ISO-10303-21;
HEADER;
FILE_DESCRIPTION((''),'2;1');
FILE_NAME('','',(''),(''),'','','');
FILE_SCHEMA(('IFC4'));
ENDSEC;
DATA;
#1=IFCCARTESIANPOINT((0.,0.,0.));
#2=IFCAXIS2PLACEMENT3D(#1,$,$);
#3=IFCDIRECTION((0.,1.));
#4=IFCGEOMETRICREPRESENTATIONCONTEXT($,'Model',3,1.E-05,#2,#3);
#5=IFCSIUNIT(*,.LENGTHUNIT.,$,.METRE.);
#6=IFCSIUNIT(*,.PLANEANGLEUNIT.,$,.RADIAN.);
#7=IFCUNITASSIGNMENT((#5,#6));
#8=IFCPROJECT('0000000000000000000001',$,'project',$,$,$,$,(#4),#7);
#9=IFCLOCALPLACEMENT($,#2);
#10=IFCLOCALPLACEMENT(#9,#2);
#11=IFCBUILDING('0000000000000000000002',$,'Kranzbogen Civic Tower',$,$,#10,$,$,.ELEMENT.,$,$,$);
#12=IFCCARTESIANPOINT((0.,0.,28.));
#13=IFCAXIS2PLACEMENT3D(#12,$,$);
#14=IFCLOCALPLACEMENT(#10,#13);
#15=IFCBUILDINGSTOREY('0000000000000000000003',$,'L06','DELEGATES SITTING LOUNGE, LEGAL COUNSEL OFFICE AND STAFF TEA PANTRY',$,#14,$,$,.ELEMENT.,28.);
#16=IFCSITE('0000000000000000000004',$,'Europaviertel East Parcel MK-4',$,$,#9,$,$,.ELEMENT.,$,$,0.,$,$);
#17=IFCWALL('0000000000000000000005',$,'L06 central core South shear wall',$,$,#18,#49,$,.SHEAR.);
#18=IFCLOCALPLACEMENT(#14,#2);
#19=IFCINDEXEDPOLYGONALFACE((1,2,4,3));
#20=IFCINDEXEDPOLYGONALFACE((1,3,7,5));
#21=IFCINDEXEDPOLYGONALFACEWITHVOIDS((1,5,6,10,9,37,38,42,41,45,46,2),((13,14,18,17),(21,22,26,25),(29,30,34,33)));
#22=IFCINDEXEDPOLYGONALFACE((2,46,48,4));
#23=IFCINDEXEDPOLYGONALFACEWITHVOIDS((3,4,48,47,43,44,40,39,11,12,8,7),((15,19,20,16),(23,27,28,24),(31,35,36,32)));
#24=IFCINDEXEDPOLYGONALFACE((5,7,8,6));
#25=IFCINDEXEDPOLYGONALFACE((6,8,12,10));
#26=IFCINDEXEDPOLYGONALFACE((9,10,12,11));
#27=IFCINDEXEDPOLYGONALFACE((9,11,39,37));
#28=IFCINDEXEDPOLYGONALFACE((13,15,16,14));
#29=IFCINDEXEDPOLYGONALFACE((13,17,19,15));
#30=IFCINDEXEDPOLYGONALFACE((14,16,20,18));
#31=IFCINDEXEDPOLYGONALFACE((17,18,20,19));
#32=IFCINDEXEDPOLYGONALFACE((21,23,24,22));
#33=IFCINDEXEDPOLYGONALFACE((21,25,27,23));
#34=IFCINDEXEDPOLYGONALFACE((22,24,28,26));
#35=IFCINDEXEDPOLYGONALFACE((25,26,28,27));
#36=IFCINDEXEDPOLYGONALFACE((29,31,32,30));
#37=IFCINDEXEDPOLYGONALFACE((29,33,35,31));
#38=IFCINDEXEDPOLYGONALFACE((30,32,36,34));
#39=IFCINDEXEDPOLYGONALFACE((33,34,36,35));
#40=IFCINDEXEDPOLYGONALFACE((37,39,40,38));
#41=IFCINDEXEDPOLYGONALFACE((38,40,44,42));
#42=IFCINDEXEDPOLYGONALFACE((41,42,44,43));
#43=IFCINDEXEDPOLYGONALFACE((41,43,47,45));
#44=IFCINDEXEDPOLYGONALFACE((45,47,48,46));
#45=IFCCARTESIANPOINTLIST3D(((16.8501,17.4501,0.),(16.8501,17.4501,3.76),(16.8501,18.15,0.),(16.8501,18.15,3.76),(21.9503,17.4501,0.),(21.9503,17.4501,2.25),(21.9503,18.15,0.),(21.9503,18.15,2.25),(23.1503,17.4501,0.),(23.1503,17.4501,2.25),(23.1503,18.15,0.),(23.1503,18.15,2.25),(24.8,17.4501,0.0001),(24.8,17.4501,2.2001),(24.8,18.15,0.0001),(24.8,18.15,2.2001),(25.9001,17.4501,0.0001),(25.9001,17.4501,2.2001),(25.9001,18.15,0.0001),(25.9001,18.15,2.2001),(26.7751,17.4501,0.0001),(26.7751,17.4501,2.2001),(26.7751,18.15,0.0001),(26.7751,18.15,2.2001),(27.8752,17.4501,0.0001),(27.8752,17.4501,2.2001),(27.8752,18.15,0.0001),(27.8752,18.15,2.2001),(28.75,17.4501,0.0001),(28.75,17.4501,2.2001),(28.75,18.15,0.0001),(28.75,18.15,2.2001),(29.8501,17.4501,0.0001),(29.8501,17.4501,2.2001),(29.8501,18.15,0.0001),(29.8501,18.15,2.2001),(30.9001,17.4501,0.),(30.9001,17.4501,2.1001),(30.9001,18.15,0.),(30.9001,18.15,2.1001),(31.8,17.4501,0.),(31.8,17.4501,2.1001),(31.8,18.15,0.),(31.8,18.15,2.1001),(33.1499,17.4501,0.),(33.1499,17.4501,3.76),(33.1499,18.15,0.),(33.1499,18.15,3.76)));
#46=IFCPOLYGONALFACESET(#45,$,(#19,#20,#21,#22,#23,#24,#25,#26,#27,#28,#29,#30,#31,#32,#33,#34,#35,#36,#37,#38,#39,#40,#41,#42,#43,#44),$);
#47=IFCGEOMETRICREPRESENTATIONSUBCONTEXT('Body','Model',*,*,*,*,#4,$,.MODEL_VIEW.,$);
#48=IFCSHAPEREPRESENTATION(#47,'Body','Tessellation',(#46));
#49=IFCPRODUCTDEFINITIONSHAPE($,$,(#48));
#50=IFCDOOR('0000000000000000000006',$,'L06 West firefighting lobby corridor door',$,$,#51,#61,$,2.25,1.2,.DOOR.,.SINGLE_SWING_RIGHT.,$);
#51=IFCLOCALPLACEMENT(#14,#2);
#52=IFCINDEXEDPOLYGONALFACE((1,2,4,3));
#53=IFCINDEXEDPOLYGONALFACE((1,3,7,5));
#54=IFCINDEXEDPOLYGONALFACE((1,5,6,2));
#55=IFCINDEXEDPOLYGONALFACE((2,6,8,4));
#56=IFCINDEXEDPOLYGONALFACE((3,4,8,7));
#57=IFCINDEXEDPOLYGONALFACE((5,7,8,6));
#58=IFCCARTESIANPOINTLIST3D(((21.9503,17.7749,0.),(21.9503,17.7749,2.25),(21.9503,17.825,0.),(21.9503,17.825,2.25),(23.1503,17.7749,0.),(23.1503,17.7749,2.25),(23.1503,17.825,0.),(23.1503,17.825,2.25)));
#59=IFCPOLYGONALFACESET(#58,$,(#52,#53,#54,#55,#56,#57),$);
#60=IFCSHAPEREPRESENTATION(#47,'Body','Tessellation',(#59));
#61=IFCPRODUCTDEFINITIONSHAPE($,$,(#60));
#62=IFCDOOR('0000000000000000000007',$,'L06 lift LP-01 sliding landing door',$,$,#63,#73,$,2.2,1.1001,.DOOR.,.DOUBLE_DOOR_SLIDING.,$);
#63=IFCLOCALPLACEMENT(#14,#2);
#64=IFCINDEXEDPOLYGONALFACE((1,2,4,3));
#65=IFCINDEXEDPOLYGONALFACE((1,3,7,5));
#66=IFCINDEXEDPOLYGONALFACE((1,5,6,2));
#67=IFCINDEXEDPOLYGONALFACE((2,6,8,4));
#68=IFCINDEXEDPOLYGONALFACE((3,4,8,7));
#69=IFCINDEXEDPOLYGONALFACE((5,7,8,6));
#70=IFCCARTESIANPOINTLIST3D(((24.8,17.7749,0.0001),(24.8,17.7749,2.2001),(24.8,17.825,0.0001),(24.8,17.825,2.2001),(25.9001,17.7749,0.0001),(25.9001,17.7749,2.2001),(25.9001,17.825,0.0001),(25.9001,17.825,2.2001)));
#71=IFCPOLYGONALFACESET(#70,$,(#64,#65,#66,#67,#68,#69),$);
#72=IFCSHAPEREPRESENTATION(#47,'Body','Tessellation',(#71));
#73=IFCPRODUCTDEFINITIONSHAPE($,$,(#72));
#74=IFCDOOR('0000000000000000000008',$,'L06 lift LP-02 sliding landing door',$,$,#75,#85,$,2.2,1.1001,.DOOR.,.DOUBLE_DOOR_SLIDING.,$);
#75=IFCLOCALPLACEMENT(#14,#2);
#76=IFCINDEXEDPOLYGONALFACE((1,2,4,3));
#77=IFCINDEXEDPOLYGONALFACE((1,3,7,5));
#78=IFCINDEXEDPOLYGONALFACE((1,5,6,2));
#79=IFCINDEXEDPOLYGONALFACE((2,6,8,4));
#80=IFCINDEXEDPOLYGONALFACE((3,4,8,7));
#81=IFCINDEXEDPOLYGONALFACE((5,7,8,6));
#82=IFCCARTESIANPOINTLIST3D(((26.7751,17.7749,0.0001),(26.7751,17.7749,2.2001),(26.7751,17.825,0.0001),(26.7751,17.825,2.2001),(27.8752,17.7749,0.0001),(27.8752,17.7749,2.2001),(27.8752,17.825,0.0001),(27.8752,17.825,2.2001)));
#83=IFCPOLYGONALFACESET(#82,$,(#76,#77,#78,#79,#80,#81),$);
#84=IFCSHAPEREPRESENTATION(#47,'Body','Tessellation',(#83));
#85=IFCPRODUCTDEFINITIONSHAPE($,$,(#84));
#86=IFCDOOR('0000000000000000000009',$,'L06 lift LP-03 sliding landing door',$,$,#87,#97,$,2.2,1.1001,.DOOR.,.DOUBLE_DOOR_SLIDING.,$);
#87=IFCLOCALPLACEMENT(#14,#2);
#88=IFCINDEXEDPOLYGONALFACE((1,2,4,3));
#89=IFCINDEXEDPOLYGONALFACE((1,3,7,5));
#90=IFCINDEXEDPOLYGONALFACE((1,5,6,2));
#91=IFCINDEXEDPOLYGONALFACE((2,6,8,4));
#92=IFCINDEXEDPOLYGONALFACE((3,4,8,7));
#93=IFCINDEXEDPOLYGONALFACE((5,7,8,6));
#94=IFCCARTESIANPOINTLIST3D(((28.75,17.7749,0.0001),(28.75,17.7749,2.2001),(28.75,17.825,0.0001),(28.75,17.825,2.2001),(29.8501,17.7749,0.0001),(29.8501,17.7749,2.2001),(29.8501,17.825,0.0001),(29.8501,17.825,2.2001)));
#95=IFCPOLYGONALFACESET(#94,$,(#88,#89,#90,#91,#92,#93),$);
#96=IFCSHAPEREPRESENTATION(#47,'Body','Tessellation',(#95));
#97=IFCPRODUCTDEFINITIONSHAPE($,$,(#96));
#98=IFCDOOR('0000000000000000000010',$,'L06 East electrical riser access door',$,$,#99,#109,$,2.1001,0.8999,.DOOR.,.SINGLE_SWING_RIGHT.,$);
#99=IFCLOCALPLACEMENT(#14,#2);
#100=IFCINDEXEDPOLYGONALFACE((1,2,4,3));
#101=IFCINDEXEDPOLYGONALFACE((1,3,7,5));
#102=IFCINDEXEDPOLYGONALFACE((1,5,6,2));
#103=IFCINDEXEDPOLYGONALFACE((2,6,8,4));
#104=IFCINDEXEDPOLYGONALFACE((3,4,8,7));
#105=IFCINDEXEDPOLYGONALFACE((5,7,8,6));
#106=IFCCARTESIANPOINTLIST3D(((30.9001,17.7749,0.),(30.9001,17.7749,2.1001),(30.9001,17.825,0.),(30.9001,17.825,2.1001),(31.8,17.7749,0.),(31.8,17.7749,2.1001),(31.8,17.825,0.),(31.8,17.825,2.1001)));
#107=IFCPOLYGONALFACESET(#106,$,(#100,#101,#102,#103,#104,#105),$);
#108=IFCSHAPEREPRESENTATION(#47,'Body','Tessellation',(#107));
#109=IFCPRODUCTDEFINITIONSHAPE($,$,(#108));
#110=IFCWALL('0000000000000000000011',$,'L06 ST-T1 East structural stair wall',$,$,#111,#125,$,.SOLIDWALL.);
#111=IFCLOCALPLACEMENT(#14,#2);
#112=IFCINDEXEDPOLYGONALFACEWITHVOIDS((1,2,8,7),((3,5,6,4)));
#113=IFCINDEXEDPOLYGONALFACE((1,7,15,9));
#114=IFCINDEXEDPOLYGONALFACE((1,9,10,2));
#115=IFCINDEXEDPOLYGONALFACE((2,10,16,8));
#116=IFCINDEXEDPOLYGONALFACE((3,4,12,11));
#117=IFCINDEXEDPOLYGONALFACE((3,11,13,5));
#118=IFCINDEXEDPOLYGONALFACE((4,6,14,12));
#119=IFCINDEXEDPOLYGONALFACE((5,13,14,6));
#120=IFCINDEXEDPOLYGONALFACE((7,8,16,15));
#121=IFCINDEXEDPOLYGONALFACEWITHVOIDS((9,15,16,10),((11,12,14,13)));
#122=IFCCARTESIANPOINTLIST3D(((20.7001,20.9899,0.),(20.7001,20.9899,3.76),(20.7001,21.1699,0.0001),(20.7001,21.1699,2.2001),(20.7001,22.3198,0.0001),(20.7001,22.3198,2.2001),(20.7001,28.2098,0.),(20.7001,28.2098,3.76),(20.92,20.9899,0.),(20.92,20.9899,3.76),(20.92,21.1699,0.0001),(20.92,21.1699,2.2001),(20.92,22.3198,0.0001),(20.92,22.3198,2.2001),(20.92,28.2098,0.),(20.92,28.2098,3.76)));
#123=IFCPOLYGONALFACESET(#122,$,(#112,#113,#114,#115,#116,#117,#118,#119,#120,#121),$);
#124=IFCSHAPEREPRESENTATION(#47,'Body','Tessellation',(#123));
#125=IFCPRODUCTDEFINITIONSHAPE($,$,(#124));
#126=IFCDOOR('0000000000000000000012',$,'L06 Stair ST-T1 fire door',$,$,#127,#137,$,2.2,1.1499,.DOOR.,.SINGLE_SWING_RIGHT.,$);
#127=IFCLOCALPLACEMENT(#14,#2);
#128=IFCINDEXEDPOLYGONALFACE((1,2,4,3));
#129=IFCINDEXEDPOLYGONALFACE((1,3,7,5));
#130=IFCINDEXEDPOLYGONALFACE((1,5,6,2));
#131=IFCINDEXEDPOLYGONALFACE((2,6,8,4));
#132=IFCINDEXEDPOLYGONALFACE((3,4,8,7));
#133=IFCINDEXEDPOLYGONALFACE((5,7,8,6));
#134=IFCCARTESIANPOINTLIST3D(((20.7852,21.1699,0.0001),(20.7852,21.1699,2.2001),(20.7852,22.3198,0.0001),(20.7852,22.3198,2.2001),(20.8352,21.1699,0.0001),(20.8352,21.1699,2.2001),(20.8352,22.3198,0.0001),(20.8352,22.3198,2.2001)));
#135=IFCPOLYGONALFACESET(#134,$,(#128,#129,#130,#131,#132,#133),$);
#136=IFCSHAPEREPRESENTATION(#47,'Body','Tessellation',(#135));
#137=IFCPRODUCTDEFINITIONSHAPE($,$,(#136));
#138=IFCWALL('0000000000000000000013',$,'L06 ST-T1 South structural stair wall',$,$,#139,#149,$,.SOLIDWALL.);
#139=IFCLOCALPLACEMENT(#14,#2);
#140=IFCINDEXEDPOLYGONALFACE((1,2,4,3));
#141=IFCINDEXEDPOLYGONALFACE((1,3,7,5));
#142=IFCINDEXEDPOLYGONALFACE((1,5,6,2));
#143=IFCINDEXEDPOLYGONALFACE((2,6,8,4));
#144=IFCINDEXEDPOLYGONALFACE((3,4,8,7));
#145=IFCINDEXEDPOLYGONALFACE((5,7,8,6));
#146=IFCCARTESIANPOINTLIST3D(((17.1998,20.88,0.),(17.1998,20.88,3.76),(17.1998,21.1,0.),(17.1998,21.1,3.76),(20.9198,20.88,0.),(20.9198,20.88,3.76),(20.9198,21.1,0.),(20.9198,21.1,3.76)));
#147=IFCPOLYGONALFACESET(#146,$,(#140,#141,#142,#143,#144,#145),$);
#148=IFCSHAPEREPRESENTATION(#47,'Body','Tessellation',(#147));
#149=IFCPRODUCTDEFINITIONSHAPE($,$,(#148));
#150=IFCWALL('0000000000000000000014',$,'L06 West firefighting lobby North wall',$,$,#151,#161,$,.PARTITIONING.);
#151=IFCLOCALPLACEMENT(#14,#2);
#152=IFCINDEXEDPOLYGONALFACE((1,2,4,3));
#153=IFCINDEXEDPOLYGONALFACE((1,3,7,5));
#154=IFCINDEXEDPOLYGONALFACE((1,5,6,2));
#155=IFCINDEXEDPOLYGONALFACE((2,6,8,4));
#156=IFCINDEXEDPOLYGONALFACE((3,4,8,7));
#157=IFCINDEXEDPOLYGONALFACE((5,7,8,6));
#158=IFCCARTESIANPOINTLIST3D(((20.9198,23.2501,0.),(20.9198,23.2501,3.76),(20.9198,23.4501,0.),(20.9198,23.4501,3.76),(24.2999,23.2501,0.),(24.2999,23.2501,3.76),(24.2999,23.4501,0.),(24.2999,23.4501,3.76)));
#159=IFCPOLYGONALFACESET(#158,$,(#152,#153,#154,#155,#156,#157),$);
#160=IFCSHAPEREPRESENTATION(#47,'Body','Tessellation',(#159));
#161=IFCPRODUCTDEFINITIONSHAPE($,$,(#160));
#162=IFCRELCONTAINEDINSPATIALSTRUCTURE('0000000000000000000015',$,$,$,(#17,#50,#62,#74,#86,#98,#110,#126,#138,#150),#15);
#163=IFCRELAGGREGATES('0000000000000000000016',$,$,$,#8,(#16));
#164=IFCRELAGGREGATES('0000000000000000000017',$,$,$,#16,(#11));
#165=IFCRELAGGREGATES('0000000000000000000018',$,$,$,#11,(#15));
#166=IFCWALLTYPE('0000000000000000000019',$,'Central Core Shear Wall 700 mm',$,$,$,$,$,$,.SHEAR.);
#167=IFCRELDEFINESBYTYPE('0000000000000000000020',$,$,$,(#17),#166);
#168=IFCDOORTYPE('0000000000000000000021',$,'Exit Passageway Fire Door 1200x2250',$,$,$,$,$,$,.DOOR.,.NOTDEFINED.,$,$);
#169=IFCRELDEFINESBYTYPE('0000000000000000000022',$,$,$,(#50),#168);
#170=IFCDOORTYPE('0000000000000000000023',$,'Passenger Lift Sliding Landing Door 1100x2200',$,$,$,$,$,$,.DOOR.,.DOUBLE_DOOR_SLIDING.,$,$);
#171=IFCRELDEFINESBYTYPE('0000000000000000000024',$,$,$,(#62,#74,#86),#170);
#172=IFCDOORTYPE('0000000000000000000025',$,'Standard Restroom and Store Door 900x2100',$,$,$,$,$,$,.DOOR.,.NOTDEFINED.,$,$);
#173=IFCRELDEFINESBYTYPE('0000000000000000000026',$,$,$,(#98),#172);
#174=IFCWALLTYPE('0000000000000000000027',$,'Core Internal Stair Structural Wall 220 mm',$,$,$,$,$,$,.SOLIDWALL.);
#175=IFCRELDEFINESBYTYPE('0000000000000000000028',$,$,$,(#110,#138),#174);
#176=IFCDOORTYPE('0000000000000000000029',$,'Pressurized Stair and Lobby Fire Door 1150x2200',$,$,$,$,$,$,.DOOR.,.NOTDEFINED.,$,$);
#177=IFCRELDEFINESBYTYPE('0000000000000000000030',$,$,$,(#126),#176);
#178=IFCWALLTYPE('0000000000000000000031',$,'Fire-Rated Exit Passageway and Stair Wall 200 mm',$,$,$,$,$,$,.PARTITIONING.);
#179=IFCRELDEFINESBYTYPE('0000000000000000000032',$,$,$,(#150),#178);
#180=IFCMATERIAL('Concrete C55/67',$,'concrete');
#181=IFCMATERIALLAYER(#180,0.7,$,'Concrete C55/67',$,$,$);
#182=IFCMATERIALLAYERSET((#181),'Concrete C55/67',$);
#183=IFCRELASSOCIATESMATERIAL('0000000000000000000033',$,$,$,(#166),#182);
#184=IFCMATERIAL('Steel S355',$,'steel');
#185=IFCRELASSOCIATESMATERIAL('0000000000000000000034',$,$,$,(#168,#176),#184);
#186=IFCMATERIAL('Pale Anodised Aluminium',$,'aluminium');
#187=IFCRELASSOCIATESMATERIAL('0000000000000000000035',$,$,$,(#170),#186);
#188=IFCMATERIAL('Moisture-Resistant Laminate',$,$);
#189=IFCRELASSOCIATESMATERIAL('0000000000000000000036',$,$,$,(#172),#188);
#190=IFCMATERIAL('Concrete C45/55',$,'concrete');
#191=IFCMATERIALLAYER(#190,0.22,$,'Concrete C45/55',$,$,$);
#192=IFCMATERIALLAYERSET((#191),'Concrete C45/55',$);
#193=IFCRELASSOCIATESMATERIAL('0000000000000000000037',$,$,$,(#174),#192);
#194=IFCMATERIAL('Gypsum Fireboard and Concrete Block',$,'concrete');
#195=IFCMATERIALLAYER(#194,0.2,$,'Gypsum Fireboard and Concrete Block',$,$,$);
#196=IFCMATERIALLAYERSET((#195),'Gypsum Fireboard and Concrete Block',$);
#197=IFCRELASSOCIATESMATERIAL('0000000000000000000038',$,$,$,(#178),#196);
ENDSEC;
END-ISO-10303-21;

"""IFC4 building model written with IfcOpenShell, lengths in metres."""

from ifc_helpers import new_model, si_unit, direction, frame, frame_2d, origin, place, context, subcontext, project, spatial, rectangle, extrude, material, layer, layer_set, type_object, element, fill, save


model = new_model("IFC4")

# Units and contexts
model_context = context("Model", 3, precision=1e-05, world=origin(), true_north=direction((0.0, 1.0)))
body_context = subcontext(model_context, "Body", "Model", "MODEL_VIEW")
ifc_project = project(units=[si_unit("LENGTHUNIT", "METRE"), si_unit("PLANEANGLEUNIT", "RADIAN")], contexts=[model_context])

# Site, building, storey
site_placement = place(None, origin())
site = spatial("IfcSite", under=ifc_project, at=site_placement, Name="Europaviertel East Parcel MK-4", CompositionType="ELEMENT", RefElevation=0.0)
building_placement = place(site_placement, origin())
building = spatial("IfcBuilding", under=site, at=building_placement, Name="Kranzbogen Civic Tower", CompositionType="ELEMENT")
storey_placement = place(building_placement, frame((0.0, 0.0, 28.0)))
storey = spatial("IfcBuildingStorey", under=building, at=storey_placement, Name="L06", Description="DELEGATES SITTING LOUNGE, LEGAL COUNSEL OFFICE AND STAFF TEA PANTRY", CompositionType="ELEMENT", Elevation=28.0)

# Shared definitions
ifc_material_1 = material(Name="Steel S355", Category="steel")

# Wall, openings, doors
ifc_material_2 = material(Name="Concrete C55/67", Category="concrete")
ifc_layer_1 = layer(ifc_material_2, 0.7, Name="Concrete C55/67")
ifc_layer_set_1 = layer_set([ifc_layer_1], Name="Concrete C55/67")
wall_type_1 = type_object("IfcWallType", Name="Central Core Shear Wall 700 mm", PredefinedType="SHEAR", material=ifc_layer_set_1)
wall_1_placement = place(storey_placement, frame((16.8501, 17.8, 0.0), z_axis=(0.0, 0.0, 1.0), x_axis=(1.0, 0.0, 0.0)))
wall_1 = element("IfcWall", 1, at=wall_1_placement, inside=storey, type_object=wall_type_1, Name="L06 central core South shear wall", PredefinedType="SHEAR", context=body_context, shape_type="SweptSolid", body=[
    extrude(rectangle(XDim=16.2998, YDim=0.7, at=frame_2d((8.1499, 0.0))), origin(), (0.0, 0.0, 1.0), 3.76),
])
opening_1_placement = place(wall_1_placement, frame((5.1001, 0.0, 0.0)))
opening_1 = element("IfcOpeningElement", 2, at=opening_1_placement, cuts=wall_1, PredefinedType="OPENING", context=body_context, shape_type="SweptSolid", body=[
    extrude(rectangle(XDim=1.2, YDim=2.25, at=frame_2d((0.6001, 1.125))), frame((0.0, 0.3599, 0.0), z_axis=(0.0, -1.0, 0.0), x_axis=(1.0, 0.0, 0.0)), (0.0, 0.0, 1.0), 0.72),
])
opening_2_placement = place(wall_1_placement, frame((14.05, 0.0, 0.0)))
opening_2 = element("IfcOpeningElement", 3, at=opening_2_placement, cuts=wall_1, PredefinedType="OPENING", context=body_context, shape_type="SweptSolid", body=[
    extrude(rectangle(XDim=0.8999, YDim=2.1001, at=frame_2d((0.45, 1.05))), frame((0.0, 0.3599, 0.0), z_axis=(0.0, -1.0, 0.0), x_axis=(1.0, 0.0, 0.0)), (0.0, 0.0, 1.0), 0.72),
])
opening_3_placement = place(wall_1_placement, frame((7.95, 0.0, 0.0)))
opening_3 = element("IfcOpeningElement", 4, at=opening_3_placement, cuts=wall_1, PredefinedType="OPENING", context=body_context, shape_type="SweptSolid", body=[
    extrude(rectangle(XDim=1.1001, YDim=2.2, at=frame_2d((0.55, 1.1001))), frame((0.0, 0.3599, 0.0), z_axis=(0.0, -1.0, 0.0), x_axis=(1.0, 0.0, 0.0)), (0.0, 0.0, 1.0), 0.72),
])
opening_4_placement = place(wall_1_placement, frame((9.925, 0.0, 0.0)))
opening_4 = element("IfcOpeningElement", 5, at=opening_4_placement, cuts=wall_1, PredefinedType="OPENING", context=body_context, shape_type="SweptSolid", body=[
    extrude(rectangle(XDim=1.1001, YDim=2.2, at=frame_2d((0.55, 1.1001))), frame((0.0, 0.3599, 0.0), z_axis=(0.0, -1.0, 0.0), x_axis=(1.0, 0.0, 0.0)), (0.0, 0.0, 1.0), 0.72),
])
opening_5_placement = place(wall_1_placement, frame((11.8999, 0.0, 0.0)))
opening_5 = element("IfcOpeningElement", 6, at=opening_5_placement, cuts=wall_1, PredefinedType="OPENING", context=body_context, shape_type="SweptSolid", body=[
    extrude(rectangle(XDim=1.1001, YDim=2.2, at=frame_2d((0.55, 1.1001))), frame((0.0, 0.3599, 0.0), z_axis=(0.0, -1.0, 0.0), x_axis=(1.0, 0.0, 0.0)), (0.0, 0.0, 1.0), 0.72),
])
door_type_1 = type_object("IfcDoorType", Name="Exit Passageway Fire Door 1200x2250", OperationType="NOTDEFINED", PredefinedType="DOOR", material=ifc_material_1)
door_1_placement = place(opening_1_placement, origin())
door_1 = element("IfcDoor", 7, at=door_1_placement, inside=storey, type_object=door_type_1, Name="L06 West firefighting lobby corridor door", OperationType="SINGLE_SWING_RIGHT", OverallHeight=2.25, OverallWidth=1.2, PredefinedType="DOOR", context=body_context, shape_type="SweptSolid", body=[
    extrude(rectangle(XDim=1.2, YDim=2.25, at=frame_2d((0.6001, 1.125))), frame((0.0, 0.0249, 0.0), z_axis=(0.0, -1.0, 0.0), x_axis=(1.0, 0.0, 0.0)), (0.0, 0.0, 1.0), 0.05),
])
fill(opening_1, door_1)
ifc_material_3 = material(Name="Pale Anodised Aluminium", Category="aluminium")
door_type_2 = type_object("IfcDoorType", Name="Passenger Lift Sliding Landing Door 1100x2200", OperationType="DOUBLE_DOOR_SLIDING", PredefinedType="DOOR", material=ifc_material_3)
door_2_placement = place(opening_3_placement, origin())
door_2 = element("IfcDoor", 8, at=door_2_placement, inside=storey, type_object=door_type_2, Name="L06 lift LP-01 sliding landing door", OperationType="DOUBLE_DOOR_SLIDING", OverallHeight=2.2, OverallWidth=1.1001, PredefinedType="DOOR", context=body_context, shape_type="SweptSolid", body=[
    extrude(rectangle(XDim=1.1001, YDim=2.2, at=frame_2d((0.55, 1.1001))), frame((0.0, 0.0249, 0.0), z_axis=(0.0, -1.0, 0.0), x_axis=(1.0, 0.0, 0.0)), (0.0, 0.0, 1.0), 0.05),
])
fill(opening_3, door_2)
door_3_placement = place(opening_4_placement, origin())
door_3 = element("IfcDoor", 9, at=door_3_placement, inside=storey, type_object=door_type_2, Name="L06 lift LP-02 sliding landing door", OperationType="DOUBLE_DOOR_SLIDING", OverallHeight=2.2, OverallWidth=1.1001, PredefinedType="DOOR", context=body_context, shape_type="SweptSolid", body=[
    extrude(rectangle(XDim=1.1001, YDim=2.2, at=frame_2d((0.55, 1.1001))), frame((0.0, 0.0249, 0.0), z_axis=(0.0, -1.0, 0.0), x_axis=(1.0, 0.0, 0.0)), (0.0, 0.0, 1.0), 0.05),
])
fill(opening_4, door_3)
door_4_placement = place(opening_5_placement, origin())
door_4 = element("IfcDoor", 10, at=door_4_placement, inside=storey, type_object=door_type_2, Name="L06 lift LP-03 sliding landing door", OperationType="DOUBLE_DOOR_SLIDING", OverallHeight=2.2, OverallWidth=1.1001, PredefinedType="DOOR", context=body_context, shape_type="SweptSolid", body=[
    extrude(rectangle(XDim=1.1001, YDim=2.2, at=frame_2d((0.55, 1.1001))), frame((0.0, 0.0249, 0.0), z_axis=(0.0, -1.0, 0.0), x_axis=(1.0, 0.0, 0.0)), (0.0, 0.0, 1.0), 0.05),
])
fill(opening_5, door_4)
ifc_material_4 = material(Name="Moisture-Resistant Laminate")
door_type_3 = type_object("IfcDoorType", Name="Standard Restroom and Store Door 900x2100", OperationType="NOTDEFINED", PredefinedType="DOOR", material=ifc_material_4)
door_5_placement = place(opening_2_placement, origin())
door_5 = element("IfcDoor", 11, at=door_5_placement, inside=storey, type_object=door_type_3, Name="L06 East electrical riser access door", OperationType="SINGLE_SWING_RIGHT", OverallHeight=2.1001, OverallWidth=0.8999, PredefinedType="DOOR", context=body_context, shape_type="SweptSolid", body=[
    extrude(rectangle(XDim=0.8999, YDim=2.1001, at=frame_2d((0.45, 1.05))), frame((0.0, 0.0249, 0.0), z_axis=(0.0, -1.0, 0.0), x_axis=(1.0, 0.0, 0.0)), (0.0, 0.0, 1.0), 0.05),
])
fill(opening_2, door_5)

# Wall, opening, door
ifc_material_5 = material(Name="Concrete C45/55", Category="concrete")
ifc_layer_2 = layer(ifc_material_5, 0.22, Name="Concrete C45/55")
ifc_layer_set_2 = layer_set([ifc_layer_2], Name="Concrete C45/55")
wall_type_2 = type_object("IfcWallType", Name="Core Internal Stair Structural Wall 220 mm", PredefinedType="SOLIDWALL", material=ifc_layer_set_2)
wall_2_placement = place(storey_placement, frame((20.8101, 20.99, 0.0), z_axis=(0.0, 0.0, 1.0), x_axis=(0.0, 1.0, 0.0)))
wall_2 = element("IfcWall", 12, at=wall_2_placement, inside=storey, type_object=wall_type_2, Name="L06 ST-T1 East structural stair wall", PredefinedType="SOLIDWALL", context=body_context, shape_type="SweptSolid", body=[
    extrude(rectangle(XDim=7.22, YDim=0.22, at=frame_2d((3.6099, 0.0))), origin(), (0.0, 0.0, 1.0), 3.76),
])
opening_6_placement = place(wall_2_placement, frame((0.1799, 0.0, 0.0)))
opening_6 = element("IfcOpeningElement", 13, at=opening_6_placement, cuts=wall_2, PredefinedType="OPENING", context=body_context, shape_type="SweptSolid", body=[
    extrude(rectangle(XDim=1.1499, YDim=2.2, at=frame_2d((0.575, 1.1001))), frame((0.0, 0.1201, 0.0), z_axis=(0.0, -1.0, 0.0), x_axis=(1.0, 0.0, 0.0)), (0.0, 0.0, 1.0), 0.24),
])
door_type_4 = type_object("IfcDoorType", Name="Pressurized Stair and Lobby Fire Door 1150x2200", OperationType="NOTDEFINED", PredefinedType="DOOR", material=ifc_material_1)
door_6_placement = place(opening_6_placement, origin())
door_6 = element("IfcDoor", 14, at=door_6_placement, inside=storey, type_object=door_type_4, Name="L06 Stair ST-T1 fire door", OperationType="SINGLE_SWING_RIGHT", OverallHeight=2.2, OverallWidth=1.1499, PredefinedType="DOOR", context=body_context, shape_type="SweptSolid", body=[
    extrude(rectangle(XDim=1.1499, YDim=2.2, at=frame_2d((0.575, 1.1001))), frame((0.0, 0.0249, 0.0), z_axis=(0.0, -1.0, 0.0), x_axis=(1.0, 0.0, 0.0)), (0.0, 0.0, 1.0), 0.05),
])
fill(opening_6, door_6)

# Walls
wall_3_placement = place(storey_placement, frame((17.2, 20.99, 0.0), z_axis=(0.0, 0.0, 1.0), x_axis=(1.0, 0.0, 0.0)))
element("IfcWall", 15, at=wall_3_placement, inside=storey, type_object=wall_type_2, Name="L06 ST-T1 South structural stair wall", PredefinedType="SOLIDWALL", context=body_context, shape_type="SweptSolid", body=[
    extrude(rectangle(XDim=3.72, YDim=0.22, at=frame_2d((1.8599, 0.0))), origin(), (0.0, 0.0, 1.0), 3.76),
])
ifc_material_6 = material(Name="Gypsum Fireboard and Concrete Block", Category="concrete")
ifc_layer_3 = layer(ifc_material_6, 0.2, Name="Gypsum Fireboard and Concrete Block")
ifc_layer_set_3 = layer_set([ifc_layer_3], Name="Gypsum Fireboard and Concrete Block")
wall_type_3 = type_object("IfcWallType", Name="Fire-Rated Exit Passageway and Stair Wall 200 mm", PredefinedType="PARTITIONING", material=ifc_layer_set_3)
wall_4_placement = place(storey_placement, frame((20.9199, 23.3501, 0.0), z_axis=(0.0, 0.0, 1.0), x_axis=(1.0, 0.0, 0.0)))
element("IfcWall", 16, at=wall_4_placement, inside=storey, type_object=wall_type_3, Name="L06 West firefighting lobby North wall", PredefinedType="PARTITIONING", context=body_context, shape_type="SweptSolid", body=[
    extrude(rectangle(XDim=3.3801, YDim=0.2, at=frame_2d((1.6899, 0.0))), origin(), (0.0, 0.0, 1.0), 3.76),
])

save(model, "model.ifc")
